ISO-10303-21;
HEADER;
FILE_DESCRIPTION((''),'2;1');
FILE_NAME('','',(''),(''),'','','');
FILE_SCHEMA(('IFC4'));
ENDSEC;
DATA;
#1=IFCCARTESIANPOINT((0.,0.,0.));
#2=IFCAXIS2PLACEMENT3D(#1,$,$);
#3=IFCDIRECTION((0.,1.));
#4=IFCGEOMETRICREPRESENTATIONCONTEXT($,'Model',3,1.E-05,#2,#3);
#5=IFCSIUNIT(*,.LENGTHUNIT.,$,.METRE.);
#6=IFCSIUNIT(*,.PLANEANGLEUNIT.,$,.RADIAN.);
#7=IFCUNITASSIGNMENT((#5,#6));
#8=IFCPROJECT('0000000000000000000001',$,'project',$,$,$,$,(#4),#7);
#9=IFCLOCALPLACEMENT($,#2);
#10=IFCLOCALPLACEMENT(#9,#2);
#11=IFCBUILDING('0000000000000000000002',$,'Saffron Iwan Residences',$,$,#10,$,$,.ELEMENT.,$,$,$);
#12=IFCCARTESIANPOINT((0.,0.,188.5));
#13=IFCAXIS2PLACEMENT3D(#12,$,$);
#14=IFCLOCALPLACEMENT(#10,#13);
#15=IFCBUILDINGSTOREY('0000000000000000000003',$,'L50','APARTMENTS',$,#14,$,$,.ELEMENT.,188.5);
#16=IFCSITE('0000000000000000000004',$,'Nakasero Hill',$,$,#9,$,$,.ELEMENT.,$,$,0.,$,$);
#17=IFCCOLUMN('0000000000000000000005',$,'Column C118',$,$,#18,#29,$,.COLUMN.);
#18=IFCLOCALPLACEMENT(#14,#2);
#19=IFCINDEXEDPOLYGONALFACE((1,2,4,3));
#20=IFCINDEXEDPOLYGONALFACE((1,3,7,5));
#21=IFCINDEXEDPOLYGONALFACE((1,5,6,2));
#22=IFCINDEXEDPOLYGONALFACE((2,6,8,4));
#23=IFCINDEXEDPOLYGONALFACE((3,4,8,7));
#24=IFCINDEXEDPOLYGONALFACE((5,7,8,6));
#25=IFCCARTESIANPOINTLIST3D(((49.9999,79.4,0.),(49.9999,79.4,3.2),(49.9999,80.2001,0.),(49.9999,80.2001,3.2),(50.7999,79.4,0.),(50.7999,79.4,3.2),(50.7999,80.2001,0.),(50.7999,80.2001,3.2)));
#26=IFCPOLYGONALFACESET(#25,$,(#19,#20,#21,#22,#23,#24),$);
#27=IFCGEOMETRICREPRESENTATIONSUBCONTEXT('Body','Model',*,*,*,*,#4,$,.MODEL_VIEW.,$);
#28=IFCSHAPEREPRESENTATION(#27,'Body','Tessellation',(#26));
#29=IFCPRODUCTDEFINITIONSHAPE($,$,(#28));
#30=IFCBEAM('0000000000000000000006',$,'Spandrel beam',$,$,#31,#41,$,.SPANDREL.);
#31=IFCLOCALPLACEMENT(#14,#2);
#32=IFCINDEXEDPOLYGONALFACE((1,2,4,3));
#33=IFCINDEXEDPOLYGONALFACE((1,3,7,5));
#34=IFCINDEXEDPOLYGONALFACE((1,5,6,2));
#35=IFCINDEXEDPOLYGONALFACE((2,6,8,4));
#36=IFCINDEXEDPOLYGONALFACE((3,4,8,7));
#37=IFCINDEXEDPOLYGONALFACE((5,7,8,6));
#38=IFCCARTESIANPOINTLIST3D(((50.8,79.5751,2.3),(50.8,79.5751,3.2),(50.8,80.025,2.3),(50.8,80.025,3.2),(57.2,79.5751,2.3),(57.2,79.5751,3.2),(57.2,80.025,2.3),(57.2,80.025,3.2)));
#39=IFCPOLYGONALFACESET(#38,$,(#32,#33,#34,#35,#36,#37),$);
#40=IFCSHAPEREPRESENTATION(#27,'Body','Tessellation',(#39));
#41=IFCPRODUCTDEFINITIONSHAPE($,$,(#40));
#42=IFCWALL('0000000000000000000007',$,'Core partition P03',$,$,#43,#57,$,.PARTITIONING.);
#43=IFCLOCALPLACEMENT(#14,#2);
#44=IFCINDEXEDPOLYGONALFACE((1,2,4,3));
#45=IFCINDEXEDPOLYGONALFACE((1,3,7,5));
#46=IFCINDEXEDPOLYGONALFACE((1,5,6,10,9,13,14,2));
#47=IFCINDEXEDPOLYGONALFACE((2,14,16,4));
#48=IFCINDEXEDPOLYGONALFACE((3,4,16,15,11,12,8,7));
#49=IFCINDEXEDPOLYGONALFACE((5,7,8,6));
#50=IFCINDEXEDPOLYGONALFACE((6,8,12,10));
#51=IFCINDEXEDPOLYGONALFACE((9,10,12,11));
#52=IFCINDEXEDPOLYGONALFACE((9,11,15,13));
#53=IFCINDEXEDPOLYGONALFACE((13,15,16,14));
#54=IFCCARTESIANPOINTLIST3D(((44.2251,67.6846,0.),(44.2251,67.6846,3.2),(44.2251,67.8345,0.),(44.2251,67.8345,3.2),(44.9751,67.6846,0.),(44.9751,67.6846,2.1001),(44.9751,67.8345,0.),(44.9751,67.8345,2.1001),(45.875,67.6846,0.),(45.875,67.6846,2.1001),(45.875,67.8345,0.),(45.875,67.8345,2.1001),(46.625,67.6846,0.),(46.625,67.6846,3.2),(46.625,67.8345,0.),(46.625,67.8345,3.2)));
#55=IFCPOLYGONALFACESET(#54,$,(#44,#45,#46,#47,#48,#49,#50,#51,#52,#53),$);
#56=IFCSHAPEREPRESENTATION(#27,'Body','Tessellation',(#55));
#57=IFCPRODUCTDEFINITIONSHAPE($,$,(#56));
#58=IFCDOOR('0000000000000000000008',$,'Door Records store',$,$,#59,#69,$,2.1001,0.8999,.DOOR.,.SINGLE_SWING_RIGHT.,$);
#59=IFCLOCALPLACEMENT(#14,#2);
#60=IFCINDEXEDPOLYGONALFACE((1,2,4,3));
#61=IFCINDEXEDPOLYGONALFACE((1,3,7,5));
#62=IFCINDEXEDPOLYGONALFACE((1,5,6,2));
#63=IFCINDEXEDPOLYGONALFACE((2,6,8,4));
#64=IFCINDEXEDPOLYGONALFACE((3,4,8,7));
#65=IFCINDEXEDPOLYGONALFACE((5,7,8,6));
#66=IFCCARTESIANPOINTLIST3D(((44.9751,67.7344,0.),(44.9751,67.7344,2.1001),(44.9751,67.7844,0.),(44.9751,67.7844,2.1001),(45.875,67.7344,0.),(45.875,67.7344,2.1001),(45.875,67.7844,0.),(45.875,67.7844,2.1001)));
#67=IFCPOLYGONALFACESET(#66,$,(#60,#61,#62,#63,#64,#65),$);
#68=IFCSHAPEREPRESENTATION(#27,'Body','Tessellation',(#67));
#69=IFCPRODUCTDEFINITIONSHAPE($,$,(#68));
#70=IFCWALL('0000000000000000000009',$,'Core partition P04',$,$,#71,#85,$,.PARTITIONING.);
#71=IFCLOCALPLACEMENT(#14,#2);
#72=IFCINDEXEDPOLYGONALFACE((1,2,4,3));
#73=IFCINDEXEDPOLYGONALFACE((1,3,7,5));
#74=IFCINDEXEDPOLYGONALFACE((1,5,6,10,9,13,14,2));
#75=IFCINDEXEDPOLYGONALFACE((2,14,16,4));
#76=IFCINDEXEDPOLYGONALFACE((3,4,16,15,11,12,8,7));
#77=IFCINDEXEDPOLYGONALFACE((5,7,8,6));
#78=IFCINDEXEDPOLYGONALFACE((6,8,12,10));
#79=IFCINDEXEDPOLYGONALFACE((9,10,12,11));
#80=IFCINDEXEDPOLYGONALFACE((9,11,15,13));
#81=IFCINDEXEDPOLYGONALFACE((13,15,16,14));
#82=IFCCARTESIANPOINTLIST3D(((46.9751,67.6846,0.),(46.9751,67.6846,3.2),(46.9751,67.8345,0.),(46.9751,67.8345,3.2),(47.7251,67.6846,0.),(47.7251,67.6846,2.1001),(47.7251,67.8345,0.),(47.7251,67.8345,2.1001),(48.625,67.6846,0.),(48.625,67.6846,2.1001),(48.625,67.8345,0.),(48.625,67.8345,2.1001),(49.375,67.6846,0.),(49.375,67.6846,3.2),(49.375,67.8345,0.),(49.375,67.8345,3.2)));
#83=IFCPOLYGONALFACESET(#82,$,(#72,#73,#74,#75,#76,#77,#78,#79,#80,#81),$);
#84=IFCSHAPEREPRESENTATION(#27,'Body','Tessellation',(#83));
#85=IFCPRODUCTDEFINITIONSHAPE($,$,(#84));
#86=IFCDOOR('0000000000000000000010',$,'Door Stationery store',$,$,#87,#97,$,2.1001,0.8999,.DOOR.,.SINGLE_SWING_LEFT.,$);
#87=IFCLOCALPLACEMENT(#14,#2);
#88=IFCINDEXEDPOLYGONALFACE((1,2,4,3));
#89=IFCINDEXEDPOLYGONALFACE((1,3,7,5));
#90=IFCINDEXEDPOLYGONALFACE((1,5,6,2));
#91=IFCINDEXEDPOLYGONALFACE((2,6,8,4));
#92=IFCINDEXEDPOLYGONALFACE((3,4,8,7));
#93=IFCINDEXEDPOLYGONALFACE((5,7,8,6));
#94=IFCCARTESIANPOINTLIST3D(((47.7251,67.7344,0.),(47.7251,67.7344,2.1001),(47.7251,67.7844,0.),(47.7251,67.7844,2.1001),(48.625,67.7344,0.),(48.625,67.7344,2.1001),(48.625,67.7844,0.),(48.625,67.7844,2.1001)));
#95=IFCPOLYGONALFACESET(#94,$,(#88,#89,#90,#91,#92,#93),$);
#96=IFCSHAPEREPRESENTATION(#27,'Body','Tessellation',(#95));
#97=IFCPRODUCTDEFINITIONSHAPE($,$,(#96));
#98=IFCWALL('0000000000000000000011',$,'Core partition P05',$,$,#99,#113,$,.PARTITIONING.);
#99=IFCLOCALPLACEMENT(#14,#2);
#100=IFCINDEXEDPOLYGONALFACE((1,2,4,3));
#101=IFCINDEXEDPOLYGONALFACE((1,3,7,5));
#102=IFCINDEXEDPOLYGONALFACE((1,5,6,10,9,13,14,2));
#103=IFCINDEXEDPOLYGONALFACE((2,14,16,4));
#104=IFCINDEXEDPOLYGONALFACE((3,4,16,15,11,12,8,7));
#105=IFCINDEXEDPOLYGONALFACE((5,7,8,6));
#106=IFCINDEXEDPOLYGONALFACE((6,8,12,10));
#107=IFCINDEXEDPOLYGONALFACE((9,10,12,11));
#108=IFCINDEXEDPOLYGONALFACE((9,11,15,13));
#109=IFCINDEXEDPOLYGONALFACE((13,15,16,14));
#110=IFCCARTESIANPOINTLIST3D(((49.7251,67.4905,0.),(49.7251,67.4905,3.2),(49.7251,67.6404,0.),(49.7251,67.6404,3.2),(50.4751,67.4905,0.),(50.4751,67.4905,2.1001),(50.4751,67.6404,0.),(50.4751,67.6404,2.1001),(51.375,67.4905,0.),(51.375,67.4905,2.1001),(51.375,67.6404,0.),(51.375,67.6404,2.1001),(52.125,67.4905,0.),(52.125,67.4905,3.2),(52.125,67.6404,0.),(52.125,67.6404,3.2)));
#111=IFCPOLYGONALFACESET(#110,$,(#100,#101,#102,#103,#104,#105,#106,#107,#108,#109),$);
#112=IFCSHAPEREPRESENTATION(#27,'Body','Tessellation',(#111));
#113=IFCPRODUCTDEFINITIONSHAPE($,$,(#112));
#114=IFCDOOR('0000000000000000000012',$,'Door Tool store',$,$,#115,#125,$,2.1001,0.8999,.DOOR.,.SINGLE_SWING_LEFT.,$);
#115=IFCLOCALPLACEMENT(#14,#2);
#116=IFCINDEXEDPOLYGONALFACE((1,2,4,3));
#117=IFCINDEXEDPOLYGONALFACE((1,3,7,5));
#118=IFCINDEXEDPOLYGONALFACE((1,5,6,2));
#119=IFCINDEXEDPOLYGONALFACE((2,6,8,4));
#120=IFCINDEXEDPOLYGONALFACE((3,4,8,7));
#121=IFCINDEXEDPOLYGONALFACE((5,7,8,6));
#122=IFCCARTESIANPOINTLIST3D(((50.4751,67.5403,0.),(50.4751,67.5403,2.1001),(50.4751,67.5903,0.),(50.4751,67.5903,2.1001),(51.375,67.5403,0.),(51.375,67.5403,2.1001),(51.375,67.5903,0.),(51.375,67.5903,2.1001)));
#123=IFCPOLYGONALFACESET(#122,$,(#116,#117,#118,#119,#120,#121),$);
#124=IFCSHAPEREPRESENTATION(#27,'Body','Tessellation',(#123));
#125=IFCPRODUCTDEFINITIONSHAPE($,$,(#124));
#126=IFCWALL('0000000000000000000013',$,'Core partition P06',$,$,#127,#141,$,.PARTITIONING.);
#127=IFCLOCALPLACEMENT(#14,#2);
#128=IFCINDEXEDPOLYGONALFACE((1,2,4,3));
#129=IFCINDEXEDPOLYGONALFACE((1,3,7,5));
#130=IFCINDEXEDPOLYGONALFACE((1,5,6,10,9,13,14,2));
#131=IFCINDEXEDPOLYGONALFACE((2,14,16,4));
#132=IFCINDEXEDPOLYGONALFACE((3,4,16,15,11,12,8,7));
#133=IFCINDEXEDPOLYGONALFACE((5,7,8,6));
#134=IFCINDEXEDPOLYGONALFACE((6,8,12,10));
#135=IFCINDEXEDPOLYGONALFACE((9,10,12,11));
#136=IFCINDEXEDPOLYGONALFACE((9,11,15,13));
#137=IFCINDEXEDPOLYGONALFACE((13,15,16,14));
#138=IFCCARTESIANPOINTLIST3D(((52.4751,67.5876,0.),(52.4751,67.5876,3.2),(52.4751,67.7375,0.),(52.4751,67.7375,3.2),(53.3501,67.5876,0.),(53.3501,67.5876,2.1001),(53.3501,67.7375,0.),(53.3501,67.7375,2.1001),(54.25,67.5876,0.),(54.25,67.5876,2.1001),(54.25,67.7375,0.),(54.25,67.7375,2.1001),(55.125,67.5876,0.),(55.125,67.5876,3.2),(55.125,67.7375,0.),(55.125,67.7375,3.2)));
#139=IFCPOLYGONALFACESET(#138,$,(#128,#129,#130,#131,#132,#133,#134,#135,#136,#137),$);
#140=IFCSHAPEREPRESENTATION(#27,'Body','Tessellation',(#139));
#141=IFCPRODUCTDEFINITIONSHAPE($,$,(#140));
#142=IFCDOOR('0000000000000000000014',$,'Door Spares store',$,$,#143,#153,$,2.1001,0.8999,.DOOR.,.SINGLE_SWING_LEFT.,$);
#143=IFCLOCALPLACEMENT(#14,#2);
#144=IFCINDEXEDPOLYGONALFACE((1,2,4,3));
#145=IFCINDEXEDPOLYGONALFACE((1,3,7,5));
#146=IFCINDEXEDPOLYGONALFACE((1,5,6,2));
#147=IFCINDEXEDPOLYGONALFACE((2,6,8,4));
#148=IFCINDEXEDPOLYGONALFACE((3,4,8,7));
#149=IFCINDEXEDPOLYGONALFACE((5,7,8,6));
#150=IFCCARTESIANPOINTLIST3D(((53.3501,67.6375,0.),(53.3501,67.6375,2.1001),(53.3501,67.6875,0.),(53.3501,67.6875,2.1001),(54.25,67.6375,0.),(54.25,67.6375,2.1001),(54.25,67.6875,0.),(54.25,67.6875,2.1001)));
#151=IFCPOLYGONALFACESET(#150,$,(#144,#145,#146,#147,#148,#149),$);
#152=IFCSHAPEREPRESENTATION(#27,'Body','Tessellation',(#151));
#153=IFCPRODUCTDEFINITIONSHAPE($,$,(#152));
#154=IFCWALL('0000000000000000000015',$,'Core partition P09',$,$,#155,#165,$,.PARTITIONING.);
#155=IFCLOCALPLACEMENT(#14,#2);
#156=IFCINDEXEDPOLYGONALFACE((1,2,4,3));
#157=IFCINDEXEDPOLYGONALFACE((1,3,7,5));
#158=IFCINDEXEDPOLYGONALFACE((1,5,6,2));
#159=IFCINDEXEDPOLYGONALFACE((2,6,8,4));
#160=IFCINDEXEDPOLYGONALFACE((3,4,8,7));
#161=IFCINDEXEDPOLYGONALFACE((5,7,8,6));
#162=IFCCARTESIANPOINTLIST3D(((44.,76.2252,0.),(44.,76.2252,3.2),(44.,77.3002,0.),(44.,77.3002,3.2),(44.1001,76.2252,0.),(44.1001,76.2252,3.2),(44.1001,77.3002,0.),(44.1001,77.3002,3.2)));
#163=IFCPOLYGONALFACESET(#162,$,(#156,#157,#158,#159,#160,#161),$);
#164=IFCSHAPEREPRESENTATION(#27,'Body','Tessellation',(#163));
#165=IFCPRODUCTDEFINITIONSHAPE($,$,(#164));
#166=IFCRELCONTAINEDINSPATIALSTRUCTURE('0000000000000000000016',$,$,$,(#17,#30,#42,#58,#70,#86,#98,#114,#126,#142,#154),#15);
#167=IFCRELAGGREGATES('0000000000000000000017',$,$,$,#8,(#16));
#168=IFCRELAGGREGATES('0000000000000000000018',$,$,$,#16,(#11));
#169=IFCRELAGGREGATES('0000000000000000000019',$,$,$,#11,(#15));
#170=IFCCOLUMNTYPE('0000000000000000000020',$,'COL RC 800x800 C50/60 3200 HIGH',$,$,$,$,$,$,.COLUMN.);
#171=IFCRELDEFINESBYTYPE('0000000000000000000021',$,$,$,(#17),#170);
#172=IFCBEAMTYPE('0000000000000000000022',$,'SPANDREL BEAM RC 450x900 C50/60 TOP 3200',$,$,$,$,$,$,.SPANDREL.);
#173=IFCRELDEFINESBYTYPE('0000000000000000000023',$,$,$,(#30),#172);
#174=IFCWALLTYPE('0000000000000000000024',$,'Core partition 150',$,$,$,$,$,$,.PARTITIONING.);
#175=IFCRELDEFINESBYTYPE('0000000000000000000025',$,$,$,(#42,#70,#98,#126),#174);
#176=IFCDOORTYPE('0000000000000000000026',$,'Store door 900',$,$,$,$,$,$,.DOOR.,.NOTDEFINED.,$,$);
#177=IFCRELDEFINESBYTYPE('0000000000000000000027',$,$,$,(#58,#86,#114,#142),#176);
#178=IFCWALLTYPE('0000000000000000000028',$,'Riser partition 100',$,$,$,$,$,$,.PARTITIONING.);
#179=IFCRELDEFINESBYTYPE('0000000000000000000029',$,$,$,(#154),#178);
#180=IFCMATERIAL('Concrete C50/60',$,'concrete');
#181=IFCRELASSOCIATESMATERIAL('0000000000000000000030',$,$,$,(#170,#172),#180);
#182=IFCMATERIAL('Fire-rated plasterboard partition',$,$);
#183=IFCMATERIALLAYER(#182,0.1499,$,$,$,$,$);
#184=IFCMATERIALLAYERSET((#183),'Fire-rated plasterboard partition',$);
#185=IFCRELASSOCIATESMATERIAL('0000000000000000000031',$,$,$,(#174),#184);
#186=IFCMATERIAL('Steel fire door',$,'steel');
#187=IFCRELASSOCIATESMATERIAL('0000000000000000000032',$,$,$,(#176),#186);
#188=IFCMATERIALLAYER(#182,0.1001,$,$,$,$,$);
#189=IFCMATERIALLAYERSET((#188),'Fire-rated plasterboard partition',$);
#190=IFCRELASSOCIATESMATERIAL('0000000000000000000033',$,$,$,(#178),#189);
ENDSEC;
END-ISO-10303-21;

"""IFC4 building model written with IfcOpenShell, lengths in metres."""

from ifc_helpers import new_model, si_unit, direction, frame, frame_2d, origin, origin_2d, place, context, subcontext, project, spatial, rectangle, extrude, source, transform, mapped, material, layer, layer_set, material_profile, profile_set, type_object, element, fill, save


model = new_model("IFC4")

# Units and contexts
model_context = context("Model", 3, precision=1e-05, world=origin(), true_north=direction((0.0, 1.0)))
body_context = subcontext(model_context, "Body", "Model", "MODEL_VIEW")
ifc_project = project(units=[si_unit("LENGTHUNIT", "METRE"), si_unit("PLANEANGLEUNIT", "RADIAN")], contexts=[model_context])

# Site, building, storey
site_placement = place(None, origin())
site = spatial("IfcSite", under=ifc_project, at=site_placement, Name="Nakasero Hill", CompositionType="ELEMENT", RefElevation=0.0)
building_placement = place(site_placement, origin())
building = spatial("IfcBuilding", under=site, at=building_placement, Name="Saffron Iwan Residences", CompositionType="ELEMENT")
storey_placement = place(building_placement, frame((0.0, 0.0, 188.5)))
storey = spatial("IfcBuildingStorey", under=building, at=storey_placement, Name="L50", Description="APARTMENTS", CompositionType="ELEMENT", Elevation=188.5)

# Column
ifc_material_1 = material(Name="Concrete C50/60", Category="concrete")
ifc_material_profile_1 = material_profile(ifc_material_1, rectangle(XDim=0.8, YDim=0.8, at=origin_2d()), Name="RC 800x800")
ifc_profile_set_1 = profile_set([ifc_material_profile_1], Name="Concrete C50/60")
column_type = type_object("IfcColumnType", Name="COL RC 800x800 C50/60 3200 HIGH", PredefinedType="COLUMN", material=ifc_profile_set_1)
shared_shape_1 = source(origin(), body_context, "Body", "SweptSolid", [
    extrude(rectangle(XDim=0.8, YDim=0.8, at=origin_2d()), origin(), (0.0, 0.0, 1.0), 3.2),
])
column_placement = place(storey_placement, frame((50.3999, 79.8, 0.0), z_axis=(0.0, 0.0, 1.0), x_axis=(1.0, 0.0, 0.0)))
element("IfcColumn", 1, at=column_placement, inside=storey, type_object=column_type, Name="Column C118", PredefinedType="COLUMN", context=body_context, shape_type="MappedRepresentation", body=[
    mapped(shared_shape_1, transform((0.0, 0.0, 0.0))),
])

# Beam
ifc_material_profile_2 = material_profile(ifc_material_1, rectangle(XDim=0.45, YDim=0.8999, at=origin_2d()), Name="RC 450x900")
ifc_profile_set_2 = profile_set([ifc_material_profile_2], Name="Concrete C50/60")
beam_type = type_object("IfcBeamType", Name="SPANDREL BEAM RC 450x900 C50/60 TOP 3200", PredefinedType="SPANDREL", material=ifc_profile_set_2)
shared_shape_2 = source(origin(), body_context, "Body", "SweptSolid", [
    extrude(rectangle(XDim=0.45, YDim=0.8999, at=origin_2d()), origin(), (0.0, 0.0, 1.0), 6.3999),
])
beam_placement = place(storey_placement, frame((50.8, 79.8, 2.75), z_axis=(1.0, 0.0, 0.0), x_axis=(0.0, 1.0, 0.0)))
element("IfcBeam", 2, at=beam_placement, inside=storey, type_object=beam_type, Name="Spandrel beam", PredefinedType="SPANDREL", context=body_context, shape_type="MappedRepresentation", body=[
    mapped(shared_shape_2, transform((0.0, 0.0, 0.0))),
])

# Walls, openings, doors
ifc_material_2 = material(Name="Fire-rated plasterboard partition")
ifc_layer_1 = layer(ifc_material_2, 0.1499)
ifc_layer_set_1 = layer_set([ifc_layer_1], Name="Fire-rated plasterboard partition")
wall_type_1 = type_object("IfcWallType", Name="Core partition 150", PredefinedType="PARTITIONING", material=ifc_layer_set_1)
wall_1_placement = place(storey_placement, frame((44.2251, 67.7595, 0.0), z_axis=(0.0, 0.0, 1.0), x_axis=(1.0, 0.0, 0.0)))
wall_1 = element("IfcWall", 3, at=wall_1_placement, inside=storey, type_object=wall_type_1, Name="Core partition P03", PredefinedType="PARTITIONING", context=body_context, shape_type="SweptSolid", body=[
    extrude(rectangle(XDim=2.3999, YDim=0.1499, at=frame_2d((1.2, 0.0))), origin(), (0.0, 0.0, 1.0), 3.2),
])
opening_1_placement = place(wall_1_placement, frame((0.75, 0.0, 0.0)))
opening_1 = element("IfcOpeningElement", 4, at=opening_1_placement, cuts=wall_1, PredefinedType="OPENING", context=body_context, shape_type="SweptSolid", body=[
    extrude(rectangle(XDim=0.8999, YDim=2.1001, at=frame_2d((0.45, 1.05))), frame((0.0, 0.085, 0.0), z_axis=(0.0, -1.0, 0.0), x_axis=(1.0, 0.0, 0.0)), (0.0, 0.0, 1.0), 0.1699),
])
ifc_material_3 = material(Name="Steel fire door", Category="steel")
door_type = type_object("IfcDoorType", Name="Store door 900", OperationType="NOTDEFINED", PredefinedType="DOOR", material=ifc_material_3)
door_1_placement = place(opening_1_placement, origin())
door_1 = element("IfcDoor", 5, at=door_1_placement, inside=storey, type_object=door_type, Name="Door Records store", OperationType="SINGLE_SWING_RIGHT", OverallHeight=2.1001, OverallWidth=0.8999, PredefinedType="DOOR", context=body_context, shape_type="SweptSolid", body=[
    extrude(rectangle(XDim=0.8999, YDim=2.1001, at=frame_2d((0.45, 1.05))), frame((0.0, 0.0249, 0.0), z_axis=(0.0, -1.0, 0.0), x_axis=(1.0, 0.0, 0.0)), (0.0, 0.0, 1.0), 0.05),
])
fill(opening_1, door_1)
wall_2_placement = place(storey_placement, frame((46.9751, 67.7595, 0.0), z_axis=(0.0, 0.0, 1.0), x_axis=(1.0, 0.0, 0.0)))
wall_2 = element("IfcWall", 6, at=wall_2_placement, inside=storey, type_object=wall_type_1, Name="Core partition P04", PredefinedType="PARTITIONING", context=body_context, shape_type="SweptSolid", body=[
    extrude(rectangle(XDim=2.3999, YDim=0.1499, at=frame_2d((1.2, 0.0))), origin(), (0.0, 0.0, 1.0), 3.2),
])
opening_2_placement = place(wall_2_placement, frame((0.75, 0.0, 0.0)))
opening_2 = element("IfcOpeningElement", 7, at=opening_2_placement, cuts=wall_2, PredefinedType="OPENING", context=body_context, shape_type="SweptSolid", body=[
    extrude(rectangle(XDim=0.8999, YDim=2.1001, at=frame_2d((0.45, 1.05))), frame((0.0, 0.085, 0.0), z_axis=(0.0, -1.0, 0.0), x_axis=(1.0, 0.0, 0.0)), (0.0, 0.0, 1.0), 0.1699),
])
door_2_placement = place(opening_2_placement, origin())
door_2 = element("IfcDoor", 8, at=door_2_placement, inside=storey, type_object=door_type, Name="Door Stationery store", OperationType="SINGLE_SWING_LEFT", OverallHeight=2.1001, OverallWidth=0.8999, PredefinedType="DOOR", context=body_context, shape_type="SweptSolid", body=[
    extrude(rectangle(XDim=0.8999, YDim=2.1001, at=frame_2d((0.45, 1.05))), frame((0.0, 0.0249, 0.0), z_axis=(0.0, -1.0, 0.0), x_axis=(1.0, 0.0, 0.0)), (0.0, 0.0, 1.0), 0.05),
])
fill(opening_2, door_2)
wall_3_placement = place(storey_placement, frame((49.7251, 67.5654, 0.0), z_axis=(0.0, 0.0, 1.0), x_axis=(1.0, 0.0, 0.0)))
wall_3 = element("IfcWall", 9, at=wall_3_placement, inside=storey, type_object=wall_type_1, Name="Core partition P05", PredefinedType="PARTITIONING", context=body_context, shape_type="SweptSolid", body=[
    extrude(rectangle(XDim=2.3999, YDim=0.1499, at=frame_2d((1.2, 0.0))), origin(), (0.0, 0.0, 1.0), 3.2),
])
opening_3_placement = place(wall_3_placement, frame((0.75, 0.0, 0.0)))
opening_3 = element("IfcOpeningElement", 10, at=opening_3_placement, cuts=wall_3, PredefinedType="OPENING", context=body_context, shape_type="SweptSolid", body=[
    extrude(rectangle(XDim=0.8999, YDim=2.1001, at=frame_2d((0.45, 1.05))), frame((0.0, 0.085, 0.0), z_axis=(0.0, -1.0, 0.0), x_axis=(1.0, 0.0, 0.0)), (0.0, 0.0, 1.0), 0.1699),
])
door_3_placement = place(opening_3_placement, origin())
door_3 = element("IfcDoor", 11, at=door_3_placement, inside=storey, type_object=door_type, Name="Door Tool store", OperationType="SINGLE_SWING_LEFT", OverallHeight=2.1001, OverallWidth=0.8999, PredefinedType="DOOR", context=body_context, shape_type="SweptSolid", body=[
    extrude(rectangle(XDim=0.8999, YDim=2.1001, at=frame_2d((0.45, 1.05))), frame((0.0, 0.0249, 0.0), z_axis=(0.0, -1.0, 0.0), x_axis=(1.0, 0.0, 0.0)), (0.0, 0.0, 1.0), 0.05),
])
fill(opening_3, door_3)
wall_4_placement = place(storey_placement, frame((52.4751, 67.6626, 0.0), z_axis=(0.0, 0.0, 1.0), x_axis=(1.0, 0.0, 0.0)))
wall_4 = element("IfcWall", 12, at=wall_4_placement, inside=storey, type_object=wall_type_1, Name="Core partition P06", PredefinedType="PARTITIONING", context=body_context, shape_type="SweptSolid", body=[
    extrude(rectangle(XDim=2.6499, YDim=0.1499, at=frame_2d((1.325, 0.0))), origin(), (0.0, 0.0, 1.0), 3.2),
])
opening_4_placement = place(wall_4_placement, frame((0.875, 0.0, 0.0)))
opening_4 = element("IfcOpeningElement", 13, at=opening_4_placement, cuts=wall_4, PredefinedType="OPENING", context=body_context, shape_type="SweptSolid", body=[
    extrude(rectangle(XDim=0.8999, YDim=2.1001, at=frame_2d((0.45, 1.05))), frame((0.0, 0.085, 0.0), z_axis=(0.0, -1.0, 0.0), x_axis=(1.0, 0.0, 0.0)), (0.0, 0.0, 1.0), 0.1699),
])
door_4_placement = place(opening_4_placement, origin())
door_4 = element("IfcDoor", 14, at=door_4_placement, inside=storey, type_object=door_type, Name="Door Spares store", OperationType="SINGLE_SWING_LEFT", OverallHeight=2.1001, OverallWidth=0.8999, PredefinedType="DOOR", context=body_context, shape_type="SweptSolid", body=[
    extrude(rectangle(XDim=0.8999, YDim=2.1001, at=frame_2d((0.45, 1.05))), frame((0.0, 0.0249, 0.0), z_axis=(0.0, -1.0, 0.0), x_axis=(1.0, 0.0, 0.0)), (0.0, 0.0, 1.0), 0.05),
])
fill(opening_4, door_4)

# Wall
ifc_layer_2 = layer(ifc_material_2, 0.1001)
ifc_layer_set_2 = layer_set([ifc_layer_2], Name="Fire-rated plasterboard partition")
wall_type_2 = type_object("IfcWallType", Name="Riser partition 100", PredefinedType="PARTITIONING", material=ifc_layer_set_2)
for number, where, z_axis, x_axis, name in (
    (15, (44.05, 76.2251, 0.0), (0.0, 0.0, 1.0), (0.0, 1.0, 0.0), "Core partition P09"),
):
    element("IfcWall", number, at=place(storey_placement, frame(where, z_axis=z_axis, x_axis=x_axis)), inside=storey, type_object=wall_type_2, Name=name, PredefinedType="PARTITIONING", context=body_context, shape_type="SweptSolid", body=[
        extrude(rectangle(XDim=1.075, YDim=0.1001, at=frame_2d((0.5376, 0.0))), origin(), (0.0, 0.0, 1.0), 3.2),
    ])

save(model, "model.ifc")
